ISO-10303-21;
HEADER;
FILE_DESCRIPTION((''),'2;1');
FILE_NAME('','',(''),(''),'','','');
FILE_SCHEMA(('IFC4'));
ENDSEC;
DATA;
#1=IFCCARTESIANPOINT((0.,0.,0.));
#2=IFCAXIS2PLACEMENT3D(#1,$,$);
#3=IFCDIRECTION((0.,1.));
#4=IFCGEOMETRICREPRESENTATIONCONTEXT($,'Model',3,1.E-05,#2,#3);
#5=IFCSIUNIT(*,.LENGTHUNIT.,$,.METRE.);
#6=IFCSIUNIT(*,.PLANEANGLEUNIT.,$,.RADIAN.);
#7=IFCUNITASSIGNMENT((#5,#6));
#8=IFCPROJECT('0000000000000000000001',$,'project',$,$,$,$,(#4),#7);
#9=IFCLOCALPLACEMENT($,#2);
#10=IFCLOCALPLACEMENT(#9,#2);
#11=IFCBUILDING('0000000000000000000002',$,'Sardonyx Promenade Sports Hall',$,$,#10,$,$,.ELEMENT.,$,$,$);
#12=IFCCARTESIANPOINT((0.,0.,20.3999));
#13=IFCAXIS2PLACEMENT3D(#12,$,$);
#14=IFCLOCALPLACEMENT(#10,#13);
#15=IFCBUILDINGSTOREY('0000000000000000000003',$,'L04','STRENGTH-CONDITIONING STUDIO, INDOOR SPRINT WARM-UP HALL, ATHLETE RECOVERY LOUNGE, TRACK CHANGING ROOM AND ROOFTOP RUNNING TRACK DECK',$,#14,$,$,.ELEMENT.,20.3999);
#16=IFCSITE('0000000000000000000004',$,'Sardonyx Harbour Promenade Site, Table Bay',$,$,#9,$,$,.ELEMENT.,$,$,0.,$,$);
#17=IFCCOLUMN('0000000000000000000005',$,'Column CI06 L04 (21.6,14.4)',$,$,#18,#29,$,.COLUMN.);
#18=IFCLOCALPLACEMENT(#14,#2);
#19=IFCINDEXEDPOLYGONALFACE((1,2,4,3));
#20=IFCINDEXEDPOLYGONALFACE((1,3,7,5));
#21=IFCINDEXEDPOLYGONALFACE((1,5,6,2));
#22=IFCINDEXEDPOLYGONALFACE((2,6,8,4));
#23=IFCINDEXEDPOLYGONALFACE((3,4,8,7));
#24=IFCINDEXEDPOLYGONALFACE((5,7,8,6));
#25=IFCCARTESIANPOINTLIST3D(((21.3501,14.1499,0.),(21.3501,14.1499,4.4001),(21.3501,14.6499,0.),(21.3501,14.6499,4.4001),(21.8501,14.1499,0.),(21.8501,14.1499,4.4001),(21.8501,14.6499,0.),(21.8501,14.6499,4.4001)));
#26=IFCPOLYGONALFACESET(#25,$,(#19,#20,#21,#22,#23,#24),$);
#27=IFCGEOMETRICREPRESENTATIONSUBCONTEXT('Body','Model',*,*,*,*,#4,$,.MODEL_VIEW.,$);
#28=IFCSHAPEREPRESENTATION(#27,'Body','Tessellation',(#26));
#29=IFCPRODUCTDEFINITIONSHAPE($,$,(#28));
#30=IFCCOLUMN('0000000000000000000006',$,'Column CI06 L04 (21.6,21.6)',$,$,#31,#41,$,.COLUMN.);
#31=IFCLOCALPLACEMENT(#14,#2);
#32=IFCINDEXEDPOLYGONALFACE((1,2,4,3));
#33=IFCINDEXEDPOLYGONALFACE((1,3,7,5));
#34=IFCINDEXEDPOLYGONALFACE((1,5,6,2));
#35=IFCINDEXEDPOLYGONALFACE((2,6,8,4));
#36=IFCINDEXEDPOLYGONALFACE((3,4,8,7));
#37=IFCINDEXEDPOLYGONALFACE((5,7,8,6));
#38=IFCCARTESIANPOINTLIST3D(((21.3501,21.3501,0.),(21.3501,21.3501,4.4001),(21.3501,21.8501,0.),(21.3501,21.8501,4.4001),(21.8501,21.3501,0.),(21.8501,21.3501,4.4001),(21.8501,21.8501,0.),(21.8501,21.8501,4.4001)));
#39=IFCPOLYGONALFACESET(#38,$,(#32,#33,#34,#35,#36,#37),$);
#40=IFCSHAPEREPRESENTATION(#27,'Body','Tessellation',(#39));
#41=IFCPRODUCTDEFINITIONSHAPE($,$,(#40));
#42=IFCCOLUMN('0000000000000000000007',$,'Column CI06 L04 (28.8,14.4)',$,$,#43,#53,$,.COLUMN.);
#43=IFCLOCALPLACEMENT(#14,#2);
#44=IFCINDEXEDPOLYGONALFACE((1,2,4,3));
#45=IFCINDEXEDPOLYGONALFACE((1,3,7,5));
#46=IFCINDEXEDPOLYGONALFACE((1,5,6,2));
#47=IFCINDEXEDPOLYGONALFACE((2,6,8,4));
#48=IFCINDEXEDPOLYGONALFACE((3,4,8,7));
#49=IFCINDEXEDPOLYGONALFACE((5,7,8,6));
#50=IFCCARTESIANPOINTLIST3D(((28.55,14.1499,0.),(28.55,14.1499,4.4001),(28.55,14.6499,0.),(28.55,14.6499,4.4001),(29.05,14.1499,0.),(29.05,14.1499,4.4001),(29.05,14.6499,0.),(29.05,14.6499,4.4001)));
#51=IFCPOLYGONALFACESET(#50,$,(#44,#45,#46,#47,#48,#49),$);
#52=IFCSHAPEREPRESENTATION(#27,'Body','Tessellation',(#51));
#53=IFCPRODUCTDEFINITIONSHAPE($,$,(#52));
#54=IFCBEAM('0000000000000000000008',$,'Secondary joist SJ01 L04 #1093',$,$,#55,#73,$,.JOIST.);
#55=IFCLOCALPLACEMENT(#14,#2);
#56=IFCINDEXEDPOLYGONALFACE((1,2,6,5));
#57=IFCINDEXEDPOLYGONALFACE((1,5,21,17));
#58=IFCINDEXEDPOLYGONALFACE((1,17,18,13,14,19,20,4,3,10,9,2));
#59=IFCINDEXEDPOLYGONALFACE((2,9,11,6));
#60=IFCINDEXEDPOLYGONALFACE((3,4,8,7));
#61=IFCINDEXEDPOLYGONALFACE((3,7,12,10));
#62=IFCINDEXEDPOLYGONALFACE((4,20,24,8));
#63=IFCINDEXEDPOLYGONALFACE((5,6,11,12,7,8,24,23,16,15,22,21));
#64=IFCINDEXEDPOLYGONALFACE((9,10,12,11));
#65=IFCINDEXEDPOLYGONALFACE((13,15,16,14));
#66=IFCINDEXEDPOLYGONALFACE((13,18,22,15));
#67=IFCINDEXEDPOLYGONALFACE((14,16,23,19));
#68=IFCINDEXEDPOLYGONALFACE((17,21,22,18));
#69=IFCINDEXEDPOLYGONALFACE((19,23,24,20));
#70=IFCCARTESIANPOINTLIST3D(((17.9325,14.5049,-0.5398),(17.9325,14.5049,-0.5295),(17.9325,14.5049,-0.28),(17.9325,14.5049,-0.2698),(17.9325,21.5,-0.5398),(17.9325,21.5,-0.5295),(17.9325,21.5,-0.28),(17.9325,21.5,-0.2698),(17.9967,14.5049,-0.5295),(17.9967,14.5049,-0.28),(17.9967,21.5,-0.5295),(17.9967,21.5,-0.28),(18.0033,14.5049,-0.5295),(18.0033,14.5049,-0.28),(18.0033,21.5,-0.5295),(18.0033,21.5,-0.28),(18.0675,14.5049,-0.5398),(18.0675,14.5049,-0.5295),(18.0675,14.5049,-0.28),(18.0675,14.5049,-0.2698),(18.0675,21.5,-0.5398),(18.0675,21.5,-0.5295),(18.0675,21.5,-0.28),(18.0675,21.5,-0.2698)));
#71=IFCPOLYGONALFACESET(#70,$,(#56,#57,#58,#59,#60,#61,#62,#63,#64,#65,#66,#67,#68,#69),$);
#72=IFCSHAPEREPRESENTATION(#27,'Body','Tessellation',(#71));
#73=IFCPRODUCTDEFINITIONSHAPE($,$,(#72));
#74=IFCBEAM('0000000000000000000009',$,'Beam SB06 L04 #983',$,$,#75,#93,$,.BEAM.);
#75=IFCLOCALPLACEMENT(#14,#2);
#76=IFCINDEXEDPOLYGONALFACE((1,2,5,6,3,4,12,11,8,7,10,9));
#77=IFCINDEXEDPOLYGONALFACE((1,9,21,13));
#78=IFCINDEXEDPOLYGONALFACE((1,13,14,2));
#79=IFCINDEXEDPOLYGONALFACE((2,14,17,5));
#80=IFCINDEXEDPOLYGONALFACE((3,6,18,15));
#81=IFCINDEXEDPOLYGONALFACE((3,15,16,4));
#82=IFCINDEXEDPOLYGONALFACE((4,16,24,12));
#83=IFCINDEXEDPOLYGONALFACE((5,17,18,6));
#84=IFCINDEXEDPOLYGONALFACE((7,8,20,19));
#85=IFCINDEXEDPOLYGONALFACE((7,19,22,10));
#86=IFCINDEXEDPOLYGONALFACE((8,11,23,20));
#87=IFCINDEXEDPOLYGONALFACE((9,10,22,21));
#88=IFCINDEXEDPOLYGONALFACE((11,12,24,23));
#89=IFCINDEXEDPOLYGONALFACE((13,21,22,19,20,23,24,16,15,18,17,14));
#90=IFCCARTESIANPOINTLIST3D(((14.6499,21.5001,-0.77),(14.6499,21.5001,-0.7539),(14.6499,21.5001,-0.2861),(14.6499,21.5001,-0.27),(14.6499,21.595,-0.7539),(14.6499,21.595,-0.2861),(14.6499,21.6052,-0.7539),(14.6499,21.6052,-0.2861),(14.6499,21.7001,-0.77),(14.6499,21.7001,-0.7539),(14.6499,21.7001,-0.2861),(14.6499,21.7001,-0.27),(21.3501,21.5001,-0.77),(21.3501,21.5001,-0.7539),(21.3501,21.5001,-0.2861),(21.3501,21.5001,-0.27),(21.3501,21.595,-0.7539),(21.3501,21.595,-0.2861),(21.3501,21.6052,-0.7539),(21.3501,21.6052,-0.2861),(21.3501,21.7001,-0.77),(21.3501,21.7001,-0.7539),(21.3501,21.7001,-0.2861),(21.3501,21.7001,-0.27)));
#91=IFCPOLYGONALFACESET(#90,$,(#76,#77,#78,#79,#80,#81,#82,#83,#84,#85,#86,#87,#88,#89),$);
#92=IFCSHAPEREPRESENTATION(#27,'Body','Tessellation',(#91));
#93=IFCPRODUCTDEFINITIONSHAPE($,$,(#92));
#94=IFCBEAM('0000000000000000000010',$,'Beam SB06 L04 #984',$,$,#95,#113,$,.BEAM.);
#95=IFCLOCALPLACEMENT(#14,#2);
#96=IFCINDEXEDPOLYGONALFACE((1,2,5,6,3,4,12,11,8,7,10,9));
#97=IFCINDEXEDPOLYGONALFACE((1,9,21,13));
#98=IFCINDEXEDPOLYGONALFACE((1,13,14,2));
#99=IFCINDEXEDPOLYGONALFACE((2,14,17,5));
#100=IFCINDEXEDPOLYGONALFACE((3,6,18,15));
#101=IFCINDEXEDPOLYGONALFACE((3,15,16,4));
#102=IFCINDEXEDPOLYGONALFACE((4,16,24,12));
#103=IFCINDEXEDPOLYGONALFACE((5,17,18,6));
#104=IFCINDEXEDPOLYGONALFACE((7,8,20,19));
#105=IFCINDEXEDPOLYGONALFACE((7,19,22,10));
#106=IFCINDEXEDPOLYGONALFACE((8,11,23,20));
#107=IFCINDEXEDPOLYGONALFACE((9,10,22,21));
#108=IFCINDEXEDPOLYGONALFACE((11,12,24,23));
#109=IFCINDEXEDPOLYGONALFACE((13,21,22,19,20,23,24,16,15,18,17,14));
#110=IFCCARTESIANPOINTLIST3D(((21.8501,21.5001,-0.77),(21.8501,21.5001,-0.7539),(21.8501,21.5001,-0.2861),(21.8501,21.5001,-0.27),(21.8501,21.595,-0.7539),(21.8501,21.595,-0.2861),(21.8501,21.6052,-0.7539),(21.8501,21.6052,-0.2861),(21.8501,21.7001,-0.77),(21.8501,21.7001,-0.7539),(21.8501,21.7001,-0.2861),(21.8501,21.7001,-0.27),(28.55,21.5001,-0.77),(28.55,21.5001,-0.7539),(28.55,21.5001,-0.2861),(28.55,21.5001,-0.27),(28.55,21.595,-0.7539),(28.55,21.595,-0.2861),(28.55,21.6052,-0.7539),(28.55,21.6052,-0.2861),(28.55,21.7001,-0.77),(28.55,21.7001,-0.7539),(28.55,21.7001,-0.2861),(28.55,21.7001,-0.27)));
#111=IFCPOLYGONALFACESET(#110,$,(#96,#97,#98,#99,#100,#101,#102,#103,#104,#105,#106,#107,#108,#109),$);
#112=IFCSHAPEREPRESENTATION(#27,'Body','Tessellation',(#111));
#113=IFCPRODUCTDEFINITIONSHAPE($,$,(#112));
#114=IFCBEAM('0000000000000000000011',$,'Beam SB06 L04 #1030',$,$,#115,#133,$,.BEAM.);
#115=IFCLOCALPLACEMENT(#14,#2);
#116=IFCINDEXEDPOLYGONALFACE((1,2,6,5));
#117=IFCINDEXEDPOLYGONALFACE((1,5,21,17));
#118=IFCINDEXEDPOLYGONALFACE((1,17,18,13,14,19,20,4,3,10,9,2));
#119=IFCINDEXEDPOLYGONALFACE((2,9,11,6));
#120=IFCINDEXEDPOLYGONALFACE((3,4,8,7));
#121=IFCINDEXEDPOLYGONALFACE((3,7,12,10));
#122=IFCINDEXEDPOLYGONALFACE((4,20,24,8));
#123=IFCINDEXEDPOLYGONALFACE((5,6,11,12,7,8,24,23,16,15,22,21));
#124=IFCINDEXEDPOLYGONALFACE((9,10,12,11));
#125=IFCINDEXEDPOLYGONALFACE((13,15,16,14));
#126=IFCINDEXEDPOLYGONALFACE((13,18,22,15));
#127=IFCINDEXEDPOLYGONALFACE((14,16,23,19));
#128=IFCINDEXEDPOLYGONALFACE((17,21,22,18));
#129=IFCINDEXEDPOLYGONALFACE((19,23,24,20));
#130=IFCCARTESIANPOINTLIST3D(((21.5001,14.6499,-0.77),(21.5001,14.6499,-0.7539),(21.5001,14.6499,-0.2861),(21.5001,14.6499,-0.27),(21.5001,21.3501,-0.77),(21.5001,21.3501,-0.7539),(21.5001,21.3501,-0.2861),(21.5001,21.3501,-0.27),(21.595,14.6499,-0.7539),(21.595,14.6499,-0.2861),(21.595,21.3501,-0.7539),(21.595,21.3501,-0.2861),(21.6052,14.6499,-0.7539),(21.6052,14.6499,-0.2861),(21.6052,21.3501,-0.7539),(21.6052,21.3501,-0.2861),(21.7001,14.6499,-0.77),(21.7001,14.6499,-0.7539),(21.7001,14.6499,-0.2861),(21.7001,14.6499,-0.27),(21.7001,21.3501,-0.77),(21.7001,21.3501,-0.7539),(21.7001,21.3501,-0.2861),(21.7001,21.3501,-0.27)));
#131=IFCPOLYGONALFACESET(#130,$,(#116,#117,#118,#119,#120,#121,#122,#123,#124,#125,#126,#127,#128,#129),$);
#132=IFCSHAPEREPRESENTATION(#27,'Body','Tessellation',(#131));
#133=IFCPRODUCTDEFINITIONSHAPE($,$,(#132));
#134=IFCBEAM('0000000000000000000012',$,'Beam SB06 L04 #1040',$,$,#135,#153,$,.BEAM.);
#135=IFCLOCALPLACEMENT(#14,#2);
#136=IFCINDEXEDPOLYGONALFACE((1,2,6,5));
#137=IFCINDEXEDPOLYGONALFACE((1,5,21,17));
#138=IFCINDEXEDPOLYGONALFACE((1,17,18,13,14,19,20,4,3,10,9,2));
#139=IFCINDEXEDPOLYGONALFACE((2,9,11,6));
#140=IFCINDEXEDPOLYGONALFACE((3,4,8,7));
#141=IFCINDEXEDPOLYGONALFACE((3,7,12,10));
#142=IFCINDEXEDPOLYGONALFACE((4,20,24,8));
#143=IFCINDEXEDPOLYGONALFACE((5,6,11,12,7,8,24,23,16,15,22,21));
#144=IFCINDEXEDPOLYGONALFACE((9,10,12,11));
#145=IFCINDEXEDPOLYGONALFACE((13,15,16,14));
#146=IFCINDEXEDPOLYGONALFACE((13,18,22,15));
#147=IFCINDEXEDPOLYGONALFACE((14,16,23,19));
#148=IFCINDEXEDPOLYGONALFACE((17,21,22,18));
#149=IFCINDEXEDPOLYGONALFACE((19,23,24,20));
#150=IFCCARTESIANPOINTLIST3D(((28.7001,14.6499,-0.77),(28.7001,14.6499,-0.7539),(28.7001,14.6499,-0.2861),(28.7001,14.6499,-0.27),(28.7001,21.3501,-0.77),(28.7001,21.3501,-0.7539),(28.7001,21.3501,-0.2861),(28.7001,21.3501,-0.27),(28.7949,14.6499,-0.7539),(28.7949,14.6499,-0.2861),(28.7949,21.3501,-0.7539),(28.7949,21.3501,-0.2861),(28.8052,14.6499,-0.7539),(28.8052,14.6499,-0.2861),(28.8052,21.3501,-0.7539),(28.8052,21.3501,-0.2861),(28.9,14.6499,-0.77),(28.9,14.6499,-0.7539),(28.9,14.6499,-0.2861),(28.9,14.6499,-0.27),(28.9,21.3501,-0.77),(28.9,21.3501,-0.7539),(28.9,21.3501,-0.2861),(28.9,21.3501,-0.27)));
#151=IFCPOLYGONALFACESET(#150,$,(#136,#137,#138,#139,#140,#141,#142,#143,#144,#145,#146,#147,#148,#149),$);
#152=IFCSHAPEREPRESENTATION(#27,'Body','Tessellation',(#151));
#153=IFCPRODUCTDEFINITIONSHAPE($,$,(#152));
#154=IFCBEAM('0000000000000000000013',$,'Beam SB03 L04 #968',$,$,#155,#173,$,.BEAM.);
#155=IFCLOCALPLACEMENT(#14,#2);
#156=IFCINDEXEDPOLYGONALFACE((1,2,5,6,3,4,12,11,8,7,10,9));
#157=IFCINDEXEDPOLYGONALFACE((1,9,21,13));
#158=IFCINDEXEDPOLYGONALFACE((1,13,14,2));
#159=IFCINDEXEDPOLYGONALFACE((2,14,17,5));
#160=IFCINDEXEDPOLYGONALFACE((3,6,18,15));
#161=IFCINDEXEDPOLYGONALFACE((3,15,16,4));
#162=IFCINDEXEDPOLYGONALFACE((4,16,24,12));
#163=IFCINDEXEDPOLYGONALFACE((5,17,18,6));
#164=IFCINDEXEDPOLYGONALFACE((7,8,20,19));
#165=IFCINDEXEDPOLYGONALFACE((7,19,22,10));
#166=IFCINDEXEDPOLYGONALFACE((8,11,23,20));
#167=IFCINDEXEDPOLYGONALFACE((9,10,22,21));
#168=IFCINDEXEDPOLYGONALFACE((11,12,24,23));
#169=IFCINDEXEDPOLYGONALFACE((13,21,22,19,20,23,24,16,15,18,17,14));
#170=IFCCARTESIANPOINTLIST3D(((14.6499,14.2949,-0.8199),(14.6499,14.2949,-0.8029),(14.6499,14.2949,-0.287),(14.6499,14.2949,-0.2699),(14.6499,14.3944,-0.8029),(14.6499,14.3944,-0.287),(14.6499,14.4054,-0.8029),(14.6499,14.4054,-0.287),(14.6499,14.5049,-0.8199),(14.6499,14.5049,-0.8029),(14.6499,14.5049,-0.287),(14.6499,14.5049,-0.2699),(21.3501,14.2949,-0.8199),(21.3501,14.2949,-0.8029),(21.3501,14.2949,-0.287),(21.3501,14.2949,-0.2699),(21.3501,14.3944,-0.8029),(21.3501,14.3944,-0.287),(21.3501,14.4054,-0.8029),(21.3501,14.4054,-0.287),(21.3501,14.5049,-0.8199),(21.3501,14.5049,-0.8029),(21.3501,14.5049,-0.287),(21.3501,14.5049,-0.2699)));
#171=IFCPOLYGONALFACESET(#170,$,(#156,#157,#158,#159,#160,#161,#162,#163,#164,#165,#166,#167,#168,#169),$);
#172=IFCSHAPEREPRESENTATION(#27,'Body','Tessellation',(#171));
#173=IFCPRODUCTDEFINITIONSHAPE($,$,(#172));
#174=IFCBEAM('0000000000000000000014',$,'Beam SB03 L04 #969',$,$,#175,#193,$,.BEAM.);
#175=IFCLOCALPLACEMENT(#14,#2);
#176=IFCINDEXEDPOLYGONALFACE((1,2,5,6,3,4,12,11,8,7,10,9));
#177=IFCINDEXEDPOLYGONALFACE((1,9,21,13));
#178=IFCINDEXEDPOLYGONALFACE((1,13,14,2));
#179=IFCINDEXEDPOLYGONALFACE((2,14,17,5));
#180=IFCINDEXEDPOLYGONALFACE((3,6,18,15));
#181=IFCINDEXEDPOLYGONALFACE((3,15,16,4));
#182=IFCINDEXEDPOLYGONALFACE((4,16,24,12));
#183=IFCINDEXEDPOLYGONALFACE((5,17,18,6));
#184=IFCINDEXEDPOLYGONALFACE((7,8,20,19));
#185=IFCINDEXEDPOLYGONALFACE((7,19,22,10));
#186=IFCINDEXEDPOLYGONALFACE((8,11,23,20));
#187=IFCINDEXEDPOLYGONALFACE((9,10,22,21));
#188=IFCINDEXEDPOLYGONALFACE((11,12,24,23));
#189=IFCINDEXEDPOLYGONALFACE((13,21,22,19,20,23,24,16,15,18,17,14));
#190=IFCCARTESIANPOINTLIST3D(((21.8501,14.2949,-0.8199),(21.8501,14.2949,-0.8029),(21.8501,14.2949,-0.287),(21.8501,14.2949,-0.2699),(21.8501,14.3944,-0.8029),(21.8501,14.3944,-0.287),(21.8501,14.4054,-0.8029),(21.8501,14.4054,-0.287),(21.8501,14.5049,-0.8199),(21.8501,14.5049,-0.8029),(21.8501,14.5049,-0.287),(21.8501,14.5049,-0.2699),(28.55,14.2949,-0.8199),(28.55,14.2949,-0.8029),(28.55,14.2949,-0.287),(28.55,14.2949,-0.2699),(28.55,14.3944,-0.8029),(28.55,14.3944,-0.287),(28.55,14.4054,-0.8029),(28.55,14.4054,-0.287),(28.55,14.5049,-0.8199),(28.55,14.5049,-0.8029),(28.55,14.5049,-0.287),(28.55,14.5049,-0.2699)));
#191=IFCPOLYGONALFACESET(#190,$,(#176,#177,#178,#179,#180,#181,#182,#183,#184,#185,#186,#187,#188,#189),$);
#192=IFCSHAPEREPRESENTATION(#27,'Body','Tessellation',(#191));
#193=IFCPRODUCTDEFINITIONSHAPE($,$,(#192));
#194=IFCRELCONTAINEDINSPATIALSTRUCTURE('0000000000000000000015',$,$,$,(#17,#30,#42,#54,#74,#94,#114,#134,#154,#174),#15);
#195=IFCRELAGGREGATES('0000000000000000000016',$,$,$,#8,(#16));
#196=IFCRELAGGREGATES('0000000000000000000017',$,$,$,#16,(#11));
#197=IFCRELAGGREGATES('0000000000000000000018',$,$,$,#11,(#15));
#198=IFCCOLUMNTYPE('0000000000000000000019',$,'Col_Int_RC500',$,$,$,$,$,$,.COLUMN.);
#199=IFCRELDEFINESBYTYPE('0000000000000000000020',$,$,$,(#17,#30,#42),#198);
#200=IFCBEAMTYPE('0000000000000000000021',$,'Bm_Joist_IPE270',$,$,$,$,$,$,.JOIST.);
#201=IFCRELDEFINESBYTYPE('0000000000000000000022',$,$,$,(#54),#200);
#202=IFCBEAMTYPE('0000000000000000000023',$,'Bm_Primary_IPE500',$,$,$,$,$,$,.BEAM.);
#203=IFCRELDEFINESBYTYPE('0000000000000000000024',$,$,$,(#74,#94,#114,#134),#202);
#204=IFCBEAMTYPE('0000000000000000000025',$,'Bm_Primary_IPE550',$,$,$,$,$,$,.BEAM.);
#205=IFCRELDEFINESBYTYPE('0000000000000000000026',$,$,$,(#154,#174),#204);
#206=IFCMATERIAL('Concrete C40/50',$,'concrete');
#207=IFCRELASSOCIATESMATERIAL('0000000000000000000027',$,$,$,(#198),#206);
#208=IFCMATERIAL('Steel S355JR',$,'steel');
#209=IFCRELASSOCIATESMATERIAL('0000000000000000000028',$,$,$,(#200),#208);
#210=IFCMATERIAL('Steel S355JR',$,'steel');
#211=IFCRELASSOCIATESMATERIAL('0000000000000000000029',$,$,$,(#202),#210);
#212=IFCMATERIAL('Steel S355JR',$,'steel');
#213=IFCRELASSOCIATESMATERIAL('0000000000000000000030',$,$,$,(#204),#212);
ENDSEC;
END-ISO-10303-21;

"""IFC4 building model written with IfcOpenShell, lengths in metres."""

from ifc_helpers import new_model, si_unit, direction, frame, origin, origin_2d, place, context, subcontext, project, spatial, rectangle, i_section, extrude, material, material_profile, profile_set, type_object, element, save


model = new_model("IFC4")

# Units and contexts
model_context = context("Model", 3, precision=1e-05, world=origin(), true_north=direction((0.0, 1.0)))
body_context = subcontext(model_context, "Body", "Model", "MODEL_VIEW")
ifc_project = project(units=[si_unit("LENGTHUNIT", "METRE"), si_unit("PLANEANGLEUNIT", "RADIAN")], contexts=[model_context])

# Site, building, storey
site_placement = place(None, origin())
site = spatial("IfcSite", under=ifc_project, at=site_placement, Name="Sardonyx Harbour Promenade Site, Table Bay", CompositionType="ELEMENT", RefElevation=0.0)
building_placement = place(site_placement, origin())
building = spatial("IfcBuilding", under=site, at=building_placement, Name="Sardonyx Promenade Sports Hall", CompositionType="ELEMENT")
storey_placement = place(building_placement, frame((0.0, 0.0, 20.3999)))
storey = spatial("IfcBuildingStorey", under=building, at=storey_placement, Name="L04", Description="STRENGTH-CONDITIONING STUDIO, INDOOR SPRINT WARM-UP HALL, ATHLETE RECOVERY LOUNGE, TRACK CHANGING ROOM AND ROOFTOP RUNNING TRACK DECK", CompositionType="ELEMENT", Elevation=20.3999)

# Columns
ifc_material_1 = material(Name="Concrete C40/50", Category="concrete")
ifc_material_profile_1 = material_profile(ifc_material_1, rectangle(XDim=0.5, YDim=0.5, at=origin_2d()))
ifc_profile_set_1 = profile_set([ifc_material_profile_1], Name="Concrete C40/50")
column_type = type_object("IfcColumnType", Name="Col_Int_RC500", PredefinedType="COLUMN", material=ifc_profile_set_1)
for number, where, z_axis, x_axis, name in (
    (1, (21.6001, 14.3999, 0.0), (0.0, 0.0, 1.0), (1.0, 0.0, 0.0), "Column CI06 L04 (21.6,14.4)"),
    (2, (21.6001, 21.6001, 0.0), (0.0, 0.0, 1.0), (1.0, 0.0, 0.0), "Column CI06 L04 (21.6,21.6)"),
    (3, (28.8, 14.3999, 0.0), (0.0, 0.0, 1.0), (1.0, 0.0, 0.0), "Column CI06 L04 (28.8,14.4)"),
):
    element("IfcColumn", number, at=place(storey_placement, frame(where, z_axis=z_axis, x_axis=x_axis)), inside=storey, type_object=column_type, Name=name, PredefinedType="COLUMN", context=body_context, shape_type="SweptSolid", body=[
        extrude(rectangle(XDim=0.5, YDim=0.5, at=origin_2d()), origin(), (0.0, 0.0, 1.0), 4.4001),
    ])

# Beams
ifc_material_2 = material(Name="Steel S355JR", Category="steel")
ifc_material_profile_2 = material_profile(ifc_material_2, i_section(OverallWidth=0.135, OverallDepth=0.27, WebThickness=0.0066, FlangeThickness=0.0103, at=origin_2d()))
ifc_profile_set_2 = profile_set([ifc_material_profile_2], Name="Steel S355JR")
beam_type_1 = type_object("IfcBeamType", Name="Bm_Joist_IPE270", PredefinedType="JOIST", material=ifc_profile_set_2)
beam_1_placement = place(storey_placement, frame((18.0, 14.5049, -0.4048), z_axis=(0.0, 1.0, 0.0), x_axis=(-1.0, 0.0, 0.0)))
element("IfcBeam", 4, at=beam_1_placement, inside=storey, type_object=beam_type_1, Name="Secondary joist SJ01 L04 #1093", PredefinedType="JOIST", context=body_context, shape_type="SweptSolid", body=[
    extrude(i_section(OverallWidth=0.135, OverallDepth=0.27, WebThickness=0.0066, FlangeThickness=0.0103, at=origin_2d()), origin(), (0.0, 0.0, 1.0), 6.9951),
])
ifc_material_3 = material(Name="Steel S355JR", Category="steel")
ifc_material_profile_3 = material_profile(ifc_material_3, i_section(OverallWidth=0.2, OverallDepth=0.5, WebThickness=0.0103, FlangeThickness=0.0161, at=origin_2d()))
ifc_profile_set_3 = profile_set([ifc_material_profile_3], Name="Steel S355JR")
beam_type_2 = type_object("IfcBeamType", Name="Bm_Primary_IPE500", PredefinedType="BEAM", material=ifc_profile_set_3)
beam_2_placement = place(storey_placement, frame((14.6499, 21.6001, -0.52), z_axis=(1.0, 0.0, 0.0), x_axis=(0.0, 1.0, 0.0)))
element("IfcBeam", 5, at=beam_2_placement, inside=storey, type_object=beam_type_2, Name="Beam SB06 L04 #983", PredefinedType="BEAM", context=body_context, shape_type="SweptSolid", body=[
    extrude(i_section(OverallWidth=0.2, OverallDepth=0.5, WebThickness=0.0103, FlangeThickness=0.0161, at=origin_2d()), origin(), (0.0, 0.0, 1.0), 6.7002),
])
beam_3_placement = place(storey_placement, frame((21.8501, 21.6001, -0.52), z_axis=(1.0, 0.0, 0.0), x_axis=(0.0, 1.0, 0.0)))
element("IfcBeam", 6, at=beam_3_placement, inside=storey, type_object=beam_type_2, Name="Beam SB06 L04 #984", PredefinedType="BEAM", context=body_context, shape_type="SweptSolid", body=[
    extrude(i_section(OverallWidth=0.2, OverallDepth=0.5, WebThickness=0.0103, FlangeThickness=0.0161, at=origin_2d()), origin(), (0.0, 0.0, 1.0), 6.7),
])
for number, where, z_axis, x_axis, name in (
    (7, (21.6001, 14.6499, -0.52), (0.0, 1.0, 0.0), (-1.0, 0.0, 0.0), "Beam SB06 L04 #1030"),
    (8, (28.8, 14.6499, -0.52), (0.0, 1.0, 0.0), (-1.0, 0.0, 0.0), "Beam SB06 L04 #1040"),
):
    element("IfcBeam", number, at=place(storey_placement, frame(where, z_axis=z_axis, x_axis=x_axis)), inside=storey, type_object=beam_type_2, Name=name, PredefinedType="BEAM", context=body_context, shape_type="SweptSolid", body=[
        extrude(i_section(OverallWidth=0.2, OverallDepth=0.5, WebThickness=0.0103, FlangeThickness=0.0161, at=origin_2d()), origin(), (0.0, 0.0, 1.0), 6.7002),
    ])
ifc_material_4 = material(Name="Steel S355JR", Category="steel")
ifc_material_profile_4 = material_profile(ifc_material_4, i_section(OverallWidth=0.21, OverallDepth=0.55, WebThickness=0.011, FlangeThickness=0.0171, at=origin_2d()))
ifc_profile_set_4 = profile_set([ifc_material_profile_4], Name="Steel S355JR")
beam_type_3 = type_object("IfcBeamType", Name="Bm_Primary_IPE550", PredefinedType="BEAM", material=ifc_profile_set_4)
beam_4_placement = place(storey_placement, frame((14.6499, 14.3999, -0.5449), z_axis=(1.0, 0.0, 0.0), x_axis=(0.0, 1.0, 0.0)))
element("IfcBeam", 9, at=beam_4_placement, inside=storey, type_object=beam_type_3, Name="Beam SB03 L04 #968", PredefinedType="BEAM", context=body_context, shape_type="SweptSolid", body=[
    extrude(i_section(OverallWidth=0.21, OverallDepth=0.55, WebThickness=0.011, FlangeThickness=0.0171, at=origin_2d()), origin(), (0.0, 0.0, 1.0), 6.7002),
])
for number, where, z_axis, x_axis, name in (
    (10, (21.8501, 14.3999, -0.5449), (1.0, 0.0, 0.0), (0.0, 1.0, 0.0), "Beam SB03 L04 #969"),
):
    element("IfcBeam", number, at=place(storey_placement, frame(where, z_axis=z_axis, x_axis=x_axis)), inside=storey, type_object=beam_type_3, Name=name, PredefinedType="BEAM", context=body_context, shape_type="SweptSolid", body=[
        extrude(i_section(OverallWidth=0.21, OverallDepth=0.55, WebThickness=0.011, FlangeThickness=0.0171, at=origin_2d()), origin(), (0.0, 0.0, 1.0), 6.7),
    ])

save(model, "model.ifc")
